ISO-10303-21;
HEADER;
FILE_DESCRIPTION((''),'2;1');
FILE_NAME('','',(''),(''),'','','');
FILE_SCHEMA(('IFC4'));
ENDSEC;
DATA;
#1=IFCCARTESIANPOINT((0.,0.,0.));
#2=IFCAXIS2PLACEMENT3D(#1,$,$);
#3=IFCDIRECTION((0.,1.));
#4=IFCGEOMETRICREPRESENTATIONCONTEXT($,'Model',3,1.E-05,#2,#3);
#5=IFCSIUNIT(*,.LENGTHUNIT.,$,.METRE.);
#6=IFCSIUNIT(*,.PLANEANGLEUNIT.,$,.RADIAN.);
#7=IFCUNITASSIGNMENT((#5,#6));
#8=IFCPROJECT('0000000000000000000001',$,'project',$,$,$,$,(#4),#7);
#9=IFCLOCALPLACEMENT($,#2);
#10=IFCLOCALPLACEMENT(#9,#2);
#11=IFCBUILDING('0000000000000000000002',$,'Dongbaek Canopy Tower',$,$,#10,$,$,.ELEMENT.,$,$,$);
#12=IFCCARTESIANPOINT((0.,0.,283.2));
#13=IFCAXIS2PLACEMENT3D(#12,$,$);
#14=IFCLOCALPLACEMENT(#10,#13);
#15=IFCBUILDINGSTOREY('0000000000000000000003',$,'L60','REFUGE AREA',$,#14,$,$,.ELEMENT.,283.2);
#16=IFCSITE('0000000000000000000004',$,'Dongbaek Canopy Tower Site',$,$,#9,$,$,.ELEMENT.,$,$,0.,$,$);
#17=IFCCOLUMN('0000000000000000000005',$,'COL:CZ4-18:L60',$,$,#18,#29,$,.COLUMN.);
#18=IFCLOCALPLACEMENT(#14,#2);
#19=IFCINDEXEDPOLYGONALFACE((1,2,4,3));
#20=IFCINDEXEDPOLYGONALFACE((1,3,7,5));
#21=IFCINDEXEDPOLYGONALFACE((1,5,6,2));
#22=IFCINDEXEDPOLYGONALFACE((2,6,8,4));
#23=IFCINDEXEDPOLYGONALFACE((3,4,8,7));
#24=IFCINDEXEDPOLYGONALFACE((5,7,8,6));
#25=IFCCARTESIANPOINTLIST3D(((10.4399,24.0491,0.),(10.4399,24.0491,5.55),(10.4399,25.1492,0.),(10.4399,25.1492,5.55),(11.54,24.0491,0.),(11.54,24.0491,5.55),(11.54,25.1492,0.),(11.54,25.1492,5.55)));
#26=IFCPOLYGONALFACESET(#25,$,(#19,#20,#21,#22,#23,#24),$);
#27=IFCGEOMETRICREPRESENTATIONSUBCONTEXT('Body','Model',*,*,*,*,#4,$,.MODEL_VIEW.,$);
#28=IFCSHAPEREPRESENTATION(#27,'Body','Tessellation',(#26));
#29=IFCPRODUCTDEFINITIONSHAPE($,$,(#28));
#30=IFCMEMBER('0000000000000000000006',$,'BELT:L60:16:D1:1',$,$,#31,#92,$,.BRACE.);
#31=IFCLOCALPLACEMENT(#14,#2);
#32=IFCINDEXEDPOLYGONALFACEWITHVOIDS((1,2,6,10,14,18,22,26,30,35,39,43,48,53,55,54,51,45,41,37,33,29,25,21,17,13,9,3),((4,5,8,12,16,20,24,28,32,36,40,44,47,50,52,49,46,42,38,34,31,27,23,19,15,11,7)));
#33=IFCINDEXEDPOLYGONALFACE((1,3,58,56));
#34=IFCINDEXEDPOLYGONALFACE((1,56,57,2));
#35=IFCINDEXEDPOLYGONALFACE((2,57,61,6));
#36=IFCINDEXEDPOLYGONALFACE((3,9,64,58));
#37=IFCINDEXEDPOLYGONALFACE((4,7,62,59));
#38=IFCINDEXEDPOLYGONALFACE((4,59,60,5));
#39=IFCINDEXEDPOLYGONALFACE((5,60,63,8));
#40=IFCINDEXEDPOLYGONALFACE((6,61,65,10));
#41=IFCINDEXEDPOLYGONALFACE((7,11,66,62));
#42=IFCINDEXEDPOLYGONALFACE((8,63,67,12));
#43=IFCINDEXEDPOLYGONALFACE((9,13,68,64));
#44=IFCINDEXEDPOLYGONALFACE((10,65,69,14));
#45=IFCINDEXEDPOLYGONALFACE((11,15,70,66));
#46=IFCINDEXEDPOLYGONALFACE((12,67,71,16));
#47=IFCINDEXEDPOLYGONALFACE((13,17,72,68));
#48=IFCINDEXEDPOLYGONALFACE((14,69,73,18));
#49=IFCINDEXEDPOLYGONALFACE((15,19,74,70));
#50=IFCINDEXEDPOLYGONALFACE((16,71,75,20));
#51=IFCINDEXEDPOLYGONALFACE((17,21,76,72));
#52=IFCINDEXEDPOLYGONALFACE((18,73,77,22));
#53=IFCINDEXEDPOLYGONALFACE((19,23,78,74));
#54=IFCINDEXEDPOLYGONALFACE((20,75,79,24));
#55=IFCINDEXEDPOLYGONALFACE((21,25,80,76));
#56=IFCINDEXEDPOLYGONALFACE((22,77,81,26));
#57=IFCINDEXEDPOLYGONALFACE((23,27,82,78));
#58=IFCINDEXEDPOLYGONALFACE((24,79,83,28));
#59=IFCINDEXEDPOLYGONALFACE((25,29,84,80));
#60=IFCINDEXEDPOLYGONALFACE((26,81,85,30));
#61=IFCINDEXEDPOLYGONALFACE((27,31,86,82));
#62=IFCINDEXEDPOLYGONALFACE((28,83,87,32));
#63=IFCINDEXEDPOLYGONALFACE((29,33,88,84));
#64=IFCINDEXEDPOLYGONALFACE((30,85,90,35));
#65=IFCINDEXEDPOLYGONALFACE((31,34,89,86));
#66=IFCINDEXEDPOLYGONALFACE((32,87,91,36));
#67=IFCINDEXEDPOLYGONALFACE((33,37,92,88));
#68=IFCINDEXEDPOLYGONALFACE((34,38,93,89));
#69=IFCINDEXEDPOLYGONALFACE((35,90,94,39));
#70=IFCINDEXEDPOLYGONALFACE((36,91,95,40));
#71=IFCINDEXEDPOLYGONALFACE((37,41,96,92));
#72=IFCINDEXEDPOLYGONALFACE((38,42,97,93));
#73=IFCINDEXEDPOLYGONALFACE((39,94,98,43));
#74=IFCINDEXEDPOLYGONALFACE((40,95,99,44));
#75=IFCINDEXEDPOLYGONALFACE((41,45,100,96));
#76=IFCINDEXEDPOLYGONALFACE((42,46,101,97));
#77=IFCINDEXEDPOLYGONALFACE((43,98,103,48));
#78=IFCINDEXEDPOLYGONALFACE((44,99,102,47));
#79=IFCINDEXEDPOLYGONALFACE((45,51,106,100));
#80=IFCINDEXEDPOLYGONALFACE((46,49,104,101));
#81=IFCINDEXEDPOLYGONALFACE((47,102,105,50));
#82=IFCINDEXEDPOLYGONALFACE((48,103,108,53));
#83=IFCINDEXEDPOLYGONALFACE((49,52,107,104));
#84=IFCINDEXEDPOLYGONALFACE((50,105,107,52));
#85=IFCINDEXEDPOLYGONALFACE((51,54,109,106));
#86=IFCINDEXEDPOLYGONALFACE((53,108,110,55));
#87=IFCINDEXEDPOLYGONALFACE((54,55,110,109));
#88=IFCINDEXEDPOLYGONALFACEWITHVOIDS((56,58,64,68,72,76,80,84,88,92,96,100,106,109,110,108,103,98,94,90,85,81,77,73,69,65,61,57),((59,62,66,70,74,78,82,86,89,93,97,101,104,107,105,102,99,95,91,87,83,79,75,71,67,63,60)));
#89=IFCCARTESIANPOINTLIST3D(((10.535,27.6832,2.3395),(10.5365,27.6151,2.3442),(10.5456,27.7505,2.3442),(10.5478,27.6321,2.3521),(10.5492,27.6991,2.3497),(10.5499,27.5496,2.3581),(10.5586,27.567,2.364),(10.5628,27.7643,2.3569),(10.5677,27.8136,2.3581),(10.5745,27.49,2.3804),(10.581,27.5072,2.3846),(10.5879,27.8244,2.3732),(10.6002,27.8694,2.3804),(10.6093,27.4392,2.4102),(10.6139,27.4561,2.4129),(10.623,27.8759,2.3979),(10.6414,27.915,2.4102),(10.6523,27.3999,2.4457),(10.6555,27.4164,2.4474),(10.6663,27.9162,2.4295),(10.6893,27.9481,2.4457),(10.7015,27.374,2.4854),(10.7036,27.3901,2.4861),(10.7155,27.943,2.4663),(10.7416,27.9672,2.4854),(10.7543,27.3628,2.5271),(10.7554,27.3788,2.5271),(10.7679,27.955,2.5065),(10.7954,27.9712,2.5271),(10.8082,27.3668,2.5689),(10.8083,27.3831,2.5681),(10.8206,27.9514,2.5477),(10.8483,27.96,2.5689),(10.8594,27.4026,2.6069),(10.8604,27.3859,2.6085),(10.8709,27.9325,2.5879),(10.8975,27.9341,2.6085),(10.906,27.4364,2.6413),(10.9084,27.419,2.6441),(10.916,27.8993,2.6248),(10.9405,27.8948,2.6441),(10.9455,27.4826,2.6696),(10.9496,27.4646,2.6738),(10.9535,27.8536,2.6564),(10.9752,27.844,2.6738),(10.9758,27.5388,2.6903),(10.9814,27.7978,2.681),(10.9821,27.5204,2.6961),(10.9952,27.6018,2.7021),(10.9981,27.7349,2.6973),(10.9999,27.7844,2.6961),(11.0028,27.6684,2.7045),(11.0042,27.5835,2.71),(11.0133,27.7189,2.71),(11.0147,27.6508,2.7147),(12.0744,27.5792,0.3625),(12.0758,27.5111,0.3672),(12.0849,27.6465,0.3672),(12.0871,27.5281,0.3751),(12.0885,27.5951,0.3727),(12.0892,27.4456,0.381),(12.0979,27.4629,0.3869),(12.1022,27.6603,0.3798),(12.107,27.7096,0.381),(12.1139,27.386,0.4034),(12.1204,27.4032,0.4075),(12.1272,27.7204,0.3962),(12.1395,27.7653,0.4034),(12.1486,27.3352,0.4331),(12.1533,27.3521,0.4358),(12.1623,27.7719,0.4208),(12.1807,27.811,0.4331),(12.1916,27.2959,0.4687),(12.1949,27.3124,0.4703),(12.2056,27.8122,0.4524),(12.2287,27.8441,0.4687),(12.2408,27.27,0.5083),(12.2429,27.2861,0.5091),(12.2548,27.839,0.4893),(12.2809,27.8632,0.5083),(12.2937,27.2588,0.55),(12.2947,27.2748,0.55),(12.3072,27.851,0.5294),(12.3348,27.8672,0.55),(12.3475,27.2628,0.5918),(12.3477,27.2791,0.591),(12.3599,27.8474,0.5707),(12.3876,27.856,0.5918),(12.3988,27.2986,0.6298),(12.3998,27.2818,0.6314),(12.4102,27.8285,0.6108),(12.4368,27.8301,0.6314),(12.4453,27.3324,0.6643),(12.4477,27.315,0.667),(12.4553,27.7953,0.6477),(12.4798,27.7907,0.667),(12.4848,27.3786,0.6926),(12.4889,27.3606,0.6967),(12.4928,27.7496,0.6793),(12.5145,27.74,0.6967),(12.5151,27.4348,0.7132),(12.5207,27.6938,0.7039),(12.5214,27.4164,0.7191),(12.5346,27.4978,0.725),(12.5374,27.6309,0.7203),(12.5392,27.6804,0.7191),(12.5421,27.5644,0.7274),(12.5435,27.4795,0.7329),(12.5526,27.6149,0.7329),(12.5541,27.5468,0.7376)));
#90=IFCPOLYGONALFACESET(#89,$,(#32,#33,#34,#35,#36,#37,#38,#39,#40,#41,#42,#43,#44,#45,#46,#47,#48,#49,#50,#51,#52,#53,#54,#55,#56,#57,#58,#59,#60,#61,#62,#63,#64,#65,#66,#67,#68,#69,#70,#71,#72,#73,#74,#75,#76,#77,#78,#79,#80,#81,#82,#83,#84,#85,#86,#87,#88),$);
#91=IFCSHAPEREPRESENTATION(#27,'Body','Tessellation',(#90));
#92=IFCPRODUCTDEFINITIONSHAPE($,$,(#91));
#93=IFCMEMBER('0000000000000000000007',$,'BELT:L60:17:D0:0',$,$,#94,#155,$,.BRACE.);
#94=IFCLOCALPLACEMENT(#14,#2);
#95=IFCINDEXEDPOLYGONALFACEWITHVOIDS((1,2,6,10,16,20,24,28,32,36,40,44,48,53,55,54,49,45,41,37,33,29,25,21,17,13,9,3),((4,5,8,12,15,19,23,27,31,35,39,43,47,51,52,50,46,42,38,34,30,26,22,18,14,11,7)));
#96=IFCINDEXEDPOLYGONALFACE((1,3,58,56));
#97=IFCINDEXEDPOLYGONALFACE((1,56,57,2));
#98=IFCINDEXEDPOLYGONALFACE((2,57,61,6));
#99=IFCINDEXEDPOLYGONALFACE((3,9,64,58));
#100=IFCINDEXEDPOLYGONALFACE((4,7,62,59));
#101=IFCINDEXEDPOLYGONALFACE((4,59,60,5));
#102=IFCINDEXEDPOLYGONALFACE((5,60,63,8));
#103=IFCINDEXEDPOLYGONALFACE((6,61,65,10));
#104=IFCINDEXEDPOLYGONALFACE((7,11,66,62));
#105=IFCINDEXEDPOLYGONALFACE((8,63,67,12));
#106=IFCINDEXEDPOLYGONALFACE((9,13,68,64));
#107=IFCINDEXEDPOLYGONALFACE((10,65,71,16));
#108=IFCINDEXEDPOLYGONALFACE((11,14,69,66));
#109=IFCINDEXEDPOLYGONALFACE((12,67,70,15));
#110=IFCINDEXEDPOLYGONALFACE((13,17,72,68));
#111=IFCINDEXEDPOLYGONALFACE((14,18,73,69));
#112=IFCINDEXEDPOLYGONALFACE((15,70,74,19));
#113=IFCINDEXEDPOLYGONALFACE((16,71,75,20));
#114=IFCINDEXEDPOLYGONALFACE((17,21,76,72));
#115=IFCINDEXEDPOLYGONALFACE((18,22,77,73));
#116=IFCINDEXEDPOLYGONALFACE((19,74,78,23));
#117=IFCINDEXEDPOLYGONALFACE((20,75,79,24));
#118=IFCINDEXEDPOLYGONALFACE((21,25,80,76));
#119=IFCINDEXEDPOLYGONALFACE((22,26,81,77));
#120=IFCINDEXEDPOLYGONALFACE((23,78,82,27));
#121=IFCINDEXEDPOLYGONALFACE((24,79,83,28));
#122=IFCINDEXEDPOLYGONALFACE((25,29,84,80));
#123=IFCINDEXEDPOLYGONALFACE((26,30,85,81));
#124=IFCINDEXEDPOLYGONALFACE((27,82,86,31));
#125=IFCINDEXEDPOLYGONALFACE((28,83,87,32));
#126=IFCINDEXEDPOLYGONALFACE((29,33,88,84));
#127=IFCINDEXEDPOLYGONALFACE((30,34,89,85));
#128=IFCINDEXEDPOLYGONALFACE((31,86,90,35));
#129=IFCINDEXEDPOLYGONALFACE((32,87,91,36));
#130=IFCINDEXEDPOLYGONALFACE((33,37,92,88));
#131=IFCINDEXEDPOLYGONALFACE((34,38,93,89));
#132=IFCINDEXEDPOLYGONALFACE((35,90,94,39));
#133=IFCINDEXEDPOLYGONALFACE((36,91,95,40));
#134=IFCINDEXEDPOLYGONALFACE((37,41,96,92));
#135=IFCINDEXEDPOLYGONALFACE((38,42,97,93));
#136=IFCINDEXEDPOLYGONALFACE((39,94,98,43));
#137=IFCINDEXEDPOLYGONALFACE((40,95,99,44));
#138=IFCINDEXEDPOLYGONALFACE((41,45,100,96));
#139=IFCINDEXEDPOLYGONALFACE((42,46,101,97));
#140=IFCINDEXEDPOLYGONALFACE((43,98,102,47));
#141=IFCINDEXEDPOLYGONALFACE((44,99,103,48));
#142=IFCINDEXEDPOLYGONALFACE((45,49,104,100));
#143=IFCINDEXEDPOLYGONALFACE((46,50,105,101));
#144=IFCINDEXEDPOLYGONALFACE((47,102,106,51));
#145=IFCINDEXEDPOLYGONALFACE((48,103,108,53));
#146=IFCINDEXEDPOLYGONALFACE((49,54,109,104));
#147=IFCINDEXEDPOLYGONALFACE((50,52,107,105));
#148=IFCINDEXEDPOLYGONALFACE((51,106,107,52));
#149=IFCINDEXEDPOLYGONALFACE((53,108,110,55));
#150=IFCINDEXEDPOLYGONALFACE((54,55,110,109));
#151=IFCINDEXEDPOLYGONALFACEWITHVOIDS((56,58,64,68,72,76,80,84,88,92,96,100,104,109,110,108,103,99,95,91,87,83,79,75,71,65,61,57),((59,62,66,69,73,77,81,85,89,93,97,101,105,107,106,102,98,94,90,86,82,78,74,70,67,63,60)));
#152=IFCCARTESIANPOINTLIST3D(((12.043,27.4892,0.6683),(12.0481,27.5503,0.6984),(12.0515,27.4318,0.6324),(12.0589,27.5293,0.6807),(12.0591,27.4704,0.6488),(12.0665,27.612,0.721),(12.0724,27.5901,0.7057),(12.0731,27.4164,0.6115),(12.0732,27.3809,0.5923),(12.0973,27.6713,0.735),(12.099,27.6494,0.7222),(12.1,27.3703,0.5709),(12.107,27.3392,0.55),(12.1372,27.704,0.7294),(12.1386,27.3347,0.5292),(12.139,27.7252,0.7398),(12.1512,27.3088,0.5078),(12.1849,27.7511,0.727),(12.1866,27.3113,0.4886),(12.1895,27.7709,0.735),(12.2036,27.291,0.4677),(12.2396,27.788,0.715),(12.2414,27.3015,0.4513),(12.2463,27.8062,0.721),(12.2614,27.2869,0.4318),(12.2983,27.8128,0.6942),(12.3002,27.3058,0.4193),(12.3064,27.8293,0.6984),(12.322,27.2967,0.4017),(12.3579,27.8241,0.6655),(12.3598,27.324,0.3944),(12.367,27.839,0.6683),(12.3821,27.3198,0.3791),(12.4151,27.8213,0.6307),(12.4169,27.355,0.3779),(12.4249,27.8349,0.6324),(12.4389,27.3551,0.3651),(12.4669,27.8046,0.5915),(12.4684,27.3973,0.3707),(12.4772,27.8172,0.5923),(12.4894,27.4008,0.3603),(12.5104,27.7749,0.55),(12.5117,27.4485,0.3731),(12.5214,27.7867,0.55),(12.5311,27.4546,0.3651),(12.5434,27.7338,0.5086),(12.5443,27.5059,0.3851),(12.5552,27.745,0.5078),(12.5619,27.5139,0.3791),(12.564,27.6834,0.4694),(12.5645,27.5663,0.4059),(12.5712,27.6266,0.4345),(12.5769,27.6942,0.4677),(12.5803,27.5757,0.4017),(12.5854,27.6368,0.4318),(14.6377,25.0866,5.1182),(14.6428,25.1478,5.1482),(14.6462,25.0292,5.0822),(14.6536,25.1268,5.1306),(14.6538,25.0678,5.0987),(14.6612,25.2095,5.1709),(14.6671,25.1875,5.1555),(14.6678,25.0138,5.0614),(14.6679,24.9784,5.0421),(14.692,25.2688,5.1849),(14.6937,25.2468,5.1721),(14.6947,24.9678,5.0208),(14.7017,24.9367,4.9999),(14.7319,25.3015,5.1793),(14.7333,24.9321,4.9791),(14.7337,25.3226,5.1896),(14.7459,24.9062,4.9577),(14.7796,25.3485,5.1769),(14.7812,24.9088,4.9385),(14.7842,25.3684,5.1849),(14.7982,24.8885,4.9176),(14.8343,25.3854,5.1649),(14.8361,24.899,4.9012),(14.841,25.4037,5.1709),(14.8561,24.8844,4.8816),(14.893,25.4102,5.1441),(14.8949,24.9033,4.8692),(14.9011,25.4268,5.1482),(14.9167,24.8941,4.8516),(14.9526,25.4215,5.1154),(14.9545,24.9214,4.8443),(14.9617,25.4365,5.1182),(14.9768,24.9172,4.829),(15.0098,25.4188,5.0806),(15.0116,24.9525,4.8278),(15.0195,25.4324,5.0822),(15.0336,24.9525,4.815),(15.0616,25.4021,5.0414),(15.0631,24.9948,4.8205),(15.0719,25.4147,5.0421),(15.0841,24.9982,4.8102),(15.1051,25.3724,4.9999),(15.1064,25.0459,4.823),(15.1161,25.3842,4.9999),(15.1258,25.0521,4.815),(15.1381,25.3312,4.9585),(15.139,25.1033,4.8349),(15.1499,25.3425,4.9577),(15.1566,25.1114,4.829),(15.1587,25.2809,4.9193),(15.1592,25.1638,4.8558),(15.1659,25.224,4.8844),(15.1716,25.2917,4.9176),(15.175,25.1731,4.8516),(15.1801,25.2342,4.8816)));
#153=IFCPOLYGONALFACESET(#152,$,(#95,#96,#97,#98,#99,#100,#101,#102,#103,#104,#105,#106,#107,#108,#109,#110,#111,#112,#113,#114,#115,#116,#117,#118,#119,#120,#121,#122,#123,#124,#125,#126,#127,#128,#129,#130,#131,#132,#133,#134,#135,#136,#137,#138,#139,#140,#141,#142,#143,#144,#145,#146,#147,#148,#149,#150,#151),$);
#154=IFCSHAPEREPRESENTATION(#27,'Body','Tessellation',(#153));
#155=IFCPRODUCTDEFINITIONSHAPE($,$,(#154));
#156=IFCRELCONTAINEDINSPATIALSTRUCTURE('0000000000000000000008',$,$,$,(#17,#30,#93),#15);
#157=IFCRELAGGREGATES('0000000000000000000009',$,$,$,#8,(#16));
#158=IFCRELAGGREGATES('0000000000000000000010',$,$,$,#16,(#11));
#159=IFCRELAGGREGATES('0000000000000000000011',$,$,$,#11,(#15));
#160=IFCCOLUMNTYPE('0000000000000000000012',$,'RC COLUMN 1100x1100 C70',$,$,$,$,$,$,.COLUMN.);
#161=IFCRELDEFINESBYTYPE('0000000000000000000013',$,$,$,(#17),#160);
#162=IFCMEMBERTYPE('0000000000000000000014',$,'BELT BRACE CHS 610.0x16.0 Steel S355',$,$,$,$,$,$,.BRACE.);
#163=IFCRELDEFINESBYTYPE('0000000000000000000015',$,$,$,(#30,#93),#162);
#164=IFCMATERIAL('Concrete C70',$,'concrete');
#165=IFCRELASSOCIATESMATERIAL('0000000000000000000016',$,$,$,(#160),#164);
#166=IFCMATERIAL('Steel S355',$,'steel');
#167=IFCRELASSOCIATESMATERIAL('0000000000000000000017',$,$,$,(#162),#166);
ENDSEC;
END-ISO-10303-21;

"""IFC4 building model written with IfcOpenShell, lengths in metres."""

from ifc_helpers import new_model, si_unit, direction, frame, origin, origin_2d, place, context, subcontext, project, spatial, rectangle, hollow_circle, extrude, material, material_profile, profile_set, type_object, element, save


model = new_model("IFC4")

# Units and contexts
model_context = context("Model", 3, precision=1e-05, world=origin(), true_north=direction((0.0, 1.0)))
body_context = subcontext(model_context, "Body", "Model", "MODEL_VIEW")
ifc_project = project(units=[si_unit("LENGTHUNIT", "METRE"), si_unit("PLANEANGLEUNIT", "RADIAN")], contexts=[model_context])

# Site, building, storey
site_placement = place(None, origin())
site = spatial("IfcSite", under=ifc_project, at=site_placement, Name="Dongbaek Canopy Tower Site", CompositionType="ELEMENT", RefElevation=0.0)
building_placement = place(site_placement, origin())
building = spatial("IfcBuilding", under=site, at=building_placement, Name="Dongbaek Canopy Tower", CompositionType="ELEMENT")
storey_placement = place(building_placement, frame((0.0, 0.0, 283.2)))
storey = spatial("IfcBuildingStorey", under=building, at=storey_placement, Name="L60", Description="REFUGE AREA", CompositionType="ELEMENT", Elevation=283.2)

# Column
ifc_material_1 = material(Name="Concrete C70", Category="concrete")
ifc_material_profile_1 = material_profile(ifc_material_1, rectangle(XDim=1.1001, YDim=1.1001, at=origin_2d()), Name="RC COLUMN 1100x1100 C70")
ifc_profile_set_1 = profile_set([ifc_material_profile_1], Name="Concrete C70")
column_type = type_object("IfcColumnType", Name="RC COLUMN 1100x1100 C70", PredefinedType="COLUMN", material=ifc_profile_set_1)
column_placement = place(storey_placement, frame((10.99, 24.5991, 0.0), z_axis=(0.0, 0.0, 1.0), x_axis=(1.0, 0.0, 0.0)))
element("IfcColumn", 1, at=column_placement, inside=storey, type_object=column_type, Name="COL:CZ4-18:L60", PredefinedType="COLUMN", context=body_context, shape_type="SweptSolid", body=[
    extrude(rectangle(XDim=1.1001, YDim=1.1001, at=origin_2d()), origin(), (0.0, 0.0, 1.0), 5.55),
])

# Members
ifc_material_2 = material(Name="Steel S355", Category="steel")
ifc_material_profile_2 = material_profile(ifc_material_2, hollow_circle(Radius=0.3049, WallThickness=0.0161, at=origin_2d()), Name="BELT BRACE CHS 610.0x16.0 Steel S355")
ifc_profile_set_2 = profile_set([ifc_material_profile_2], Name="Steel S355")
member_type_1 = type_object("IfcMemberType", Name="BELT BRACE CHS 610.0x16.0 Steel S355", PredefinedType="BRACE", material=ifc_profile_set_2)
member_1_placement = place(storey_placement, frame((12.3142, 27.563, 0.55), z_axis=(-0.61381, 0.041472, 0.788364), x_axis=(-0.067412, -0.997725, 0.0)))
element("IfcMember", 2, at=member_1_placement, inside=storey, type_object=member_type_1, Name="BELT:L60:16:D1:1", PredefinedType="BRACE", context=body_context, shape_type="SweptSolid", body=[
    extrude(hollow_circle(Radius=0.3049, WallThickness=0.0161, at=origin_2d()), origin(), (0.0, 0.0, 1.0), 2.5078),
])
member_2_placement = place(storey_placement, frame((12.3142, 27.563, 0.55), z_axis=(0.456502, -0.422698, 0.7829), x_axis=(0.679418, 0.733752, 0.0)))
element("IfcMember", 3, at=member_2_placement, inside=storey, type_object=member_type_1, Name="BELT:L60:17:D0:0", PredefinedType="BRACE", context=body_context, shape_type="SweptSolid", body=[
    extrude(hollow_circle(Radius=0.3049, WallThickness=0.0161, at=origin_2d()), origin(), (0.0, 0.0, 1.0), 5.6838),
])

save(model, "model.ifc")
